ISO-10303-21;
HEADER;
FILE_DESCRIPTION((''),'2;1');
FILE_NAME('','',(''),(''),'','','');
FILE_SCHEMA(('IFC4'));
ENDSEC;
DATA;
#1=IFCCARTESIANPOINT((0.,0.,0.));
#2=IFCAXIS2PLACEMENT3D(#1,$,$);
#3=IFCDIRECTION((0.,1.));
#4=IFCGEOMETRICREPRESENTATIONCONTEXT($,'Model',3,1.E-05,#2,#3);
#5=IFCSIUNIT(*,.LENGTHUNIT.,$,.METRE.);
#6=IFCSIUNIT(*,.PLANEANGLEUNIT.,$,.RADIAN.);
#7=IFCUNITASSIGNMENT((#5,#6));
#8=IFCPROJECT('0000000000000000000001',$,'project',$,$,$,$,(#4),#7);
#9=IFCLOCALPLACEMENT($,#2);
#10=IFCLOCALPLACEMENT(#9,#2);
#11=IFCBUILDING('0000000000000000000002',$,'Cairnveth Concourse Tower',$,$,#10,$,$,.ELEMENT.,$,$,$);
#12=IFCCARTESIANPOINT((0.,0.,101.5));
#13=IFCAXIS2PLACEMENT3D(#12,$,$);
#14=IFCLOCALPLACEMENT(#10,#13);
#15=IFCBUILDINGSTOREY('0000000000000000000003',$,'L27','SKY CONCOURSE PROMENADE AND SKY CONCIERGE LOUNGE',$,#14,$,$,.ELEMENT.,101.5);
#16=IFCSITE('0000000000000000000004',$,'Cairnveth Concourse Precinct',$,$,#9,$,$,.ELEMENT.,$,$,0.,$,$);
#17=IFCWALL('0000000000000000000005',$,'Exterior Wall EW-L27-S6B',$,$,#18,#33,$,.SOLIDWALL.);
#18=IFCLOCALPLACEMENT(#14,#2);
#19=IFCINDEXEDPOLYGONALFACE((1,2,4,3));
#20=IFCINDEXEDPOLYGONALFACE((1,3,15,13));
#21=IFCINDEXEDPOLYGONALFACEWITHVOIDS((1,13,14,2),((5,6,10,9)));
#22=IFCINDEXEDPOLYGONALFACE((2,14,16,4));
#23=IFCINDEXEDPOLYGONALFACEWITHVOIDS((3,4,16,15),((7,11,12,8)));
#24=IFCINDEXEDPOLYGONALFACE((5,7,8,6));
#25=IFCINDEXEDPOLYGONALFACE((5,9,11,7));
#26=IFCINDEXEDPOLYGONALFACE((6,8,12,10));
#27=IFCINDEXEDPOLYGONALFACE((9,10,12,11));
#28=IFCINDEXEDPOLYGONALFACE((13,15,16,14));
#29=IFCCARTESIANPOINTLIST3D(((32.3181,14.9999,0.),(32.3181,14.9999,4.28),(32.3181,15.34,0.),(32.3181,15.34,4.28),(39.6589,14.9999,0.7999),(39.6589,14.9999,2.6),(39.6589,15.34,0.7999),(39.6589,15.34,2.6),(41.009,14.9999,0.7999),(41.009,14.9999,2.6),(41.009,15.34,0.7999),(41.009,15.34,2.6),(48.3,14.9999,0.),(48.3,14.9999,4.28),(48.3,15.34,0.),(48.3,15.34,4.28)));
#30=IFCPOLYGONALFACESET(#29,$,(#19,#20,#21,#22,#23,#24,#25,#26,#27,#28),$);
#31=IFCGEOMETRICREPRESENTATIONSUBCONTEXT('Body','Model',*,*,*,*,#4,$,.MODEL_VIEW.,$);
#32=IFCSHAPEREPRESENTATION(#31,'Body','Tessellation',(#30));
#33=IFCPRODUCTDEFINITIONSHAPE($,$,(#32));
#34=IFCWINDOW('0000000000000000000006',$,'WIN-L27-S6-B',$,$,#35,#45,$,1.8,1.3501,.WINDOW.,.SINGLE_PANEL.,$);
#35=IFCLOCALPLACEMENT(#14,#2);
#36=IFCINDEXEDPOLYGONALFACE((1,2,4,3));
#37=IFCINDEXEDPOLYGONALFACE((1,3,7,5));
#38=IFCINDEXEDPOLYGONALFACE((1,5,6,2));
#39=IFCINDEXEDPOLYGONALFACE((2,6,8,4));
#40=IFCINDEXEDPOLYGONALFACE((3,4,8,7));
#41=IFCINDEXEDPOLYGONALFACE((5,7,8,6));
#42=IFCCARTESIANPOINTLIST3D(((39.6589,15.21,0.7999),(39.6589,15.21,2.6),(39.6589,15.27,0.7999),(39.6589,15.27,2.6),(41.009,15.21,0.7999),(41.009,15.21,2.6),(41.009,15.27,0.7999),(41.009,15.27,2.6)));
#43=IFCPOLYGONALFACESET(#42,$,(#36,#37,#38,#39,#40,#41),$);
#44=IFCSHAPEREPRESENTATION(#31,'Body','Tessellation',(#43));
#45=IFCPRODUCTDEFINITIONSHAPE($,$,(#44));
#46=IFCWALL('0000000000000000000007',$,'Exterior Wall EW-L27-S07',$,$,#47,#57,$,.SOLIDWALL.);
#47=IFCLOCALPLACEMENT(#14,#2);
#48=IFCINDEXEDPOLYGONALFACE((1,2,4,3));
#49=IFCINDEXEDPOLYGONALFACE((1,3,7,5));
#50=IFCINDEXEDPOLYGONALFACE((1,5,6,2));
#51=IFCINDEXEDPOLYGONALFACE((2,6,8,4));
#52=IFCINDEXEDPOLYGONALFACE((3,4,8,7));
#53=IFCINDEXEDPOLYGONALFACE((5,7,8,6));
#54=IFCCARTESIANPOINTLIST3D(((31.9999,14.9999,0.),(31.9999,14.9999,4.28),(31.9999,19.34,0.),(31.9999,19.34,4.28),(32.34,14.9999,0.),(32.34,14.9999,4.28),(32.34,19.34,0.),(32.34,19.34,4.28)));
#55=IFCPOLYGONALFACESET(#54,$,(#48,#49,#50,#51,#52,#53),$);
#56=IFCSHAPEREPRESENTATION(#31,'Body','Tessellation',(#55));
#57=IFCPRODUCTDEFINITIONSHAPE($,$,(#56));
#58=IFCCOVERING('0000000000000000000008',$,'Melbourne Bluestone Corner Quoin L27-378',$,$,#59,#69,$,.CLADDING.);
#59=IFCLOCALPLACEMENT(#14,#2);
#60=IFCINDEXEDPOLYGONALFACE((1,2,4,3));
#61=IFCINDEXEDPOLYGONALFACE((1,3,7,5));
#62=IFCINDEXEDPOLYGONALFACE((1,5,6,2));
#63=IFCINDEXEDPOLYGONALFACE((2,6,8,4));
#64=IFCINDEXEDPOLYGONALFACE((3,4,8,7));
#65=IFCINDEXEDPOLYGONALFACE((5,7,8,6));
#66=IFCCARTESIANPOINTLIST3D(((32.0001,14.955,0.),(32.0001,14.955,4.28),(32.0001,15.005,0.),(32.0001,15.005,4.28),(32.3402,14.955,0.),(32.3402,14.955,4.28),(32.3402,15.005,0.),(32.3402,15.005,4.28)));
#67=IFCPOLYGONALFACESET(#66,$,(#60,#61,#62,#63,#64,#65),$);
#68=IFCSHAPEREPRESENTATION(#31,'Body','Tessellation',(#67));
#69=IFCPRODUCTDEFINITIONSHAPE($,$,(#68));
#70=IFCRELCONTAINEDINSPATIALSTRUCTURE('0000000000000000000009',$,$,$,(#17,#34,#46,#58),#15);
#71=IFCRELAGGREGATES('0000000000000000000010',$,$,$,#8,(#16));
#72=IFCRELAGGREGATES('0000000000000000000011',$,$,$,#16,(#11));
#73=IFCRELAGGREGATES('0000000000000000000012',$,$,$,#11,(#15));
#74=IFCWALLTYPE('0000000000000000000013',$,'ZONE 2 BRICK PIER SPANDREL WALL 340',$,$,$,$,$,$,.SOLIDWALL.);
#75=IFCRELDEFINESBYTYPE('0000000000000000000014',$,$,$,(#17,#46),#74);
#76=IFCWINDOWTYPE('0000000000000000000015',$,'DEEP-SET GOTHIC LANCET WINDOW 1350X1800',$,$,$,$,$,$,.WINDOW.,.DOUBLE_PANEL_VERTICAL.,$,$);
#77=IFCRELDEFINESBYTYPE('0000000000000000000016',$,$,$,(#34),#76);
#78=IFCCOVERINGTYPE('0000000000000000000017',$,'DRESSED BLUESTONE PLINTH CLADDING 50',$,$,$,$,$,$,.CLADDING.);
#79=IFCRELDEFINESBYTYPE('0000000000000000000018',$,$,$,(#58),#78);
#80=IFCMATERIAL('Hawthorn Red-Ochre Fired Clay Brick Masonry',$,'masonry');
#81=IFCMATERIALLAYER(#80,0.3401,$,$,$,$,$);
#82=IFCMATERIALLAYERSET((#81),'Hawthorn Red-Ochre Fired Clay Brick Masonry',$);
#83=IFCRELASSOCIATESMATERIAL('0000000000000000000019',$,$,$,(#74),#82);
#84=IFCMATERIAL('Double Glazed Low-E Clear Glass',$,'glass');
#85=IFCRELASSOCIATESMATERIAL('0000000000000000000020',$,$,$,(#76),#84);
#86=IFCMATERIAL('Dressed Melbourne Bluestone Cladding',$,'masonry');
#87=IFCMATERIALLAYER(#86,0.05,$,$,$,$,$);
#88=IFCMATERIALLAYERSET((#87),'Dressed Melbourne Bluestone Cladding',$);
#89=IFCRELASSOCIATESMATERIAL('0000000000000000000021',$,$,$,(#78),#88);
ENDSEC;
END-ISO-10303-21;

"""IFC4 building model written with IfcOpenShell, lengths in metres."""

from ifc_helpers import new_model, si_unit, direction, frame, frame_2d, origin, place, context, subcontext, project, spatial, rectangle, extrude, material, layer, layer_set, type_object, element, fill, save


model = new_model("IFC4")

# Units and contexts
model_context = context("Model", 3, precision=1e-05, world=origin(), true_north=direction((0.0, 1.0)))
body_context = subcontext(model_context, "Body", "Model", "MODEL_VIEW")
ifc_project = project(units=[si_unit("LENGTHUNIT", "METRE"), si_unit("PLANEANGLEUNIT", "RADIAN")], contexts=[model_context])

# Site, building, storey
site_placement = place(None, origin())
site = spatial("IfcSite", under=ifc_project, at=site_placement, Name="Cairnveth Concourse Precinct", CompositionType="ELEMENT", RefElevation=0.0)
building_placement = place(site_placement, origin())
building = spatial("IfcBuilding", under=site, at=building_placement, Name="Cairnveth Concourse Tower", CompositionType="ELEMENT")
storey_placement = place(building_placement, frame((0.0, 0.0, 101.5)))
storey = spatial("IfcBuildingStorey", under=building, at=storey_placement, Name="L27", Description="SKY CONCOURSE PROMENADE AND SKY CONCIERGE LOUNGE", CompositionType="ELEMENT", Elevation=101.5)

# Shared definitions
ifc_material_1 = material(Name="Double Glazed Low-E Clear Glass", Category="glass")

# Wall, opening, window
ifc_material_2 = material(Name="Hawthorn Red-Ochre Fired Clay Brick Masonry", Category="masonry")
ifc_layer_1 = layer(ifc_material_2, 0.3401)
ifc_layer_set_1 = layer_set([ifc_layer_1], Name="Hawthorn Red-Ochre Fired Clay Brick Masonry")
wall_type_1 = type_object("IfcWallType", Name="ZONE 2 BRICK PIER SPANDREL WALL 340", PredefinedType="SOLIDWALL", material=ifc_layer_set_1)
wall_1_placement = place(storey_placement, frame((48.3, 15.1699, 0.0), z_axis=(0.0, 0.0, 1.0), x_axis=(-1.0, 0.0, 0.0)))
wall_1 = element("IfcWall", 1, at=wall_1_placement, inside=storey, type_object=wall_type_1, Name="Exterior Wall EW-L27-S6B", PredefinedType="SOLIDWALL", context=body_context, shape_type="SweptSolid", body=[
    extrude(rectangle(XDim=15.9819, YDim=0.3401, at=frame_2d((7.991, 0.0))), origin(), (0.0, 0.0, 1.0), 4.28),
])
opening_placement = place(wall_1_placement, frame((7.291, 0.0, 0.8)))
opening = element("IfcOpeningElement", 2, at=opening_placement, cuts=wall_1, PredefinedType="OPENING", context=body_context, shape_type="SweptSolid", body=[
    extrude(rectangle(XDim=1.3501, YDim=1.8, at=frame_2d((0.675, 0.8999))), frame((0.0, 0.1799, 0.0), z_axis=(0.0, -1.0, 0.0), x_axis=(1.0, 0.0, 0.0)), (0.0, 0.0, 1.0), 0.3601),
])
window_type = type_object("IfcWindowType", Name="DEEP-SET GOTHIC LANCET WINDOW 1350X1800", PartitioningType="DOUBLE_PANEL_VERTICAL", PredefinedType="WINDOW", material=ifc_material_1)
window_placement = place(opening_placement, origin())
window = element("IfcWindow", 3, at=window_placement, inside=storey, type_object=window_type, Name="WIN-L27-S6-B", OverallHeight=1.8, OverallWidth=1.3501, PartitioningType="SINGLE_PANEL", PredefinedType="WINDOW", context=body_context, shape_type="SweptSolid", body=[
    extrude(rectangle(XDim=1.3501, YDim=1.8, at=frame_2d((0.675, 0.8999))), frame((0.0, -0.04, 0.0), z_axis=(0.0, -1.0, 0.0), x_axis=(1.0, 0.0, 0.0)), (0.0, 0.0, 1.0), 0.0601),
])
fill(opening, window)

# Wall
wall_2_placement = place(storey_placement, frame((32.1699, 15.0, 0.0), z_axis=(0.0, 0.0, 1.0), x_axis=(0.0, 1.0, 0.0)))
element("IfcWall", 4, at=wall_2_placement, inside=storey, type_object=wall_type_1, Name="Exterior Wall EW-L27-S07", PredefinedType="SOLIDWALL", context=body_context, shape_type="SweptSolid", body=[
    extrude(rectangle(XDim=4.3401, YDim=0.3401, at=frame_2d((2.1699, 0.0))), origin(), (0.0, 0.0, 1.0), 4.28),
])

# Covering
ifc_material_3 = material(Name="Dressed Melbourne Bluestone Cladding", Category="masonry")
ifc_layer_2 = layer(ifc_material_3, 0.05)
ifc_layer_set_2 = layer_set([ifc_layer_2], Name="Dressed Melbourne Bluestone Cladding")
covering_type = type_object("IfcCoveringType", Name="DRESSED BLUESTONE PLINTH CLADDING 50", PredefinedType="CLADDING", material=ifc_layer_set_2)
covering_placement = place(storey_placement, frame((32.3401, 14.98, 0.0), z_axis=(0.0, 0.0, 1.0), x_axis=(-1.0, 0.0, 0.0)))
element("IfcCovering", 5, at=covering_placement, inside=storey, type_object=covering_type, Name="Melbourne Bluestone Corner Quoin L27-378", PredefinedType="CLADDING", context=body_context, shape_type="SweptSolid", body=[
    extrude(rectangle(XDim=0.3401, YDim=0.05, at=frame_2d((0.1699, 0.0))), origin(), (0.0, 0.0, 1.0), 4.28),
])

save(model, "model.ifc")
